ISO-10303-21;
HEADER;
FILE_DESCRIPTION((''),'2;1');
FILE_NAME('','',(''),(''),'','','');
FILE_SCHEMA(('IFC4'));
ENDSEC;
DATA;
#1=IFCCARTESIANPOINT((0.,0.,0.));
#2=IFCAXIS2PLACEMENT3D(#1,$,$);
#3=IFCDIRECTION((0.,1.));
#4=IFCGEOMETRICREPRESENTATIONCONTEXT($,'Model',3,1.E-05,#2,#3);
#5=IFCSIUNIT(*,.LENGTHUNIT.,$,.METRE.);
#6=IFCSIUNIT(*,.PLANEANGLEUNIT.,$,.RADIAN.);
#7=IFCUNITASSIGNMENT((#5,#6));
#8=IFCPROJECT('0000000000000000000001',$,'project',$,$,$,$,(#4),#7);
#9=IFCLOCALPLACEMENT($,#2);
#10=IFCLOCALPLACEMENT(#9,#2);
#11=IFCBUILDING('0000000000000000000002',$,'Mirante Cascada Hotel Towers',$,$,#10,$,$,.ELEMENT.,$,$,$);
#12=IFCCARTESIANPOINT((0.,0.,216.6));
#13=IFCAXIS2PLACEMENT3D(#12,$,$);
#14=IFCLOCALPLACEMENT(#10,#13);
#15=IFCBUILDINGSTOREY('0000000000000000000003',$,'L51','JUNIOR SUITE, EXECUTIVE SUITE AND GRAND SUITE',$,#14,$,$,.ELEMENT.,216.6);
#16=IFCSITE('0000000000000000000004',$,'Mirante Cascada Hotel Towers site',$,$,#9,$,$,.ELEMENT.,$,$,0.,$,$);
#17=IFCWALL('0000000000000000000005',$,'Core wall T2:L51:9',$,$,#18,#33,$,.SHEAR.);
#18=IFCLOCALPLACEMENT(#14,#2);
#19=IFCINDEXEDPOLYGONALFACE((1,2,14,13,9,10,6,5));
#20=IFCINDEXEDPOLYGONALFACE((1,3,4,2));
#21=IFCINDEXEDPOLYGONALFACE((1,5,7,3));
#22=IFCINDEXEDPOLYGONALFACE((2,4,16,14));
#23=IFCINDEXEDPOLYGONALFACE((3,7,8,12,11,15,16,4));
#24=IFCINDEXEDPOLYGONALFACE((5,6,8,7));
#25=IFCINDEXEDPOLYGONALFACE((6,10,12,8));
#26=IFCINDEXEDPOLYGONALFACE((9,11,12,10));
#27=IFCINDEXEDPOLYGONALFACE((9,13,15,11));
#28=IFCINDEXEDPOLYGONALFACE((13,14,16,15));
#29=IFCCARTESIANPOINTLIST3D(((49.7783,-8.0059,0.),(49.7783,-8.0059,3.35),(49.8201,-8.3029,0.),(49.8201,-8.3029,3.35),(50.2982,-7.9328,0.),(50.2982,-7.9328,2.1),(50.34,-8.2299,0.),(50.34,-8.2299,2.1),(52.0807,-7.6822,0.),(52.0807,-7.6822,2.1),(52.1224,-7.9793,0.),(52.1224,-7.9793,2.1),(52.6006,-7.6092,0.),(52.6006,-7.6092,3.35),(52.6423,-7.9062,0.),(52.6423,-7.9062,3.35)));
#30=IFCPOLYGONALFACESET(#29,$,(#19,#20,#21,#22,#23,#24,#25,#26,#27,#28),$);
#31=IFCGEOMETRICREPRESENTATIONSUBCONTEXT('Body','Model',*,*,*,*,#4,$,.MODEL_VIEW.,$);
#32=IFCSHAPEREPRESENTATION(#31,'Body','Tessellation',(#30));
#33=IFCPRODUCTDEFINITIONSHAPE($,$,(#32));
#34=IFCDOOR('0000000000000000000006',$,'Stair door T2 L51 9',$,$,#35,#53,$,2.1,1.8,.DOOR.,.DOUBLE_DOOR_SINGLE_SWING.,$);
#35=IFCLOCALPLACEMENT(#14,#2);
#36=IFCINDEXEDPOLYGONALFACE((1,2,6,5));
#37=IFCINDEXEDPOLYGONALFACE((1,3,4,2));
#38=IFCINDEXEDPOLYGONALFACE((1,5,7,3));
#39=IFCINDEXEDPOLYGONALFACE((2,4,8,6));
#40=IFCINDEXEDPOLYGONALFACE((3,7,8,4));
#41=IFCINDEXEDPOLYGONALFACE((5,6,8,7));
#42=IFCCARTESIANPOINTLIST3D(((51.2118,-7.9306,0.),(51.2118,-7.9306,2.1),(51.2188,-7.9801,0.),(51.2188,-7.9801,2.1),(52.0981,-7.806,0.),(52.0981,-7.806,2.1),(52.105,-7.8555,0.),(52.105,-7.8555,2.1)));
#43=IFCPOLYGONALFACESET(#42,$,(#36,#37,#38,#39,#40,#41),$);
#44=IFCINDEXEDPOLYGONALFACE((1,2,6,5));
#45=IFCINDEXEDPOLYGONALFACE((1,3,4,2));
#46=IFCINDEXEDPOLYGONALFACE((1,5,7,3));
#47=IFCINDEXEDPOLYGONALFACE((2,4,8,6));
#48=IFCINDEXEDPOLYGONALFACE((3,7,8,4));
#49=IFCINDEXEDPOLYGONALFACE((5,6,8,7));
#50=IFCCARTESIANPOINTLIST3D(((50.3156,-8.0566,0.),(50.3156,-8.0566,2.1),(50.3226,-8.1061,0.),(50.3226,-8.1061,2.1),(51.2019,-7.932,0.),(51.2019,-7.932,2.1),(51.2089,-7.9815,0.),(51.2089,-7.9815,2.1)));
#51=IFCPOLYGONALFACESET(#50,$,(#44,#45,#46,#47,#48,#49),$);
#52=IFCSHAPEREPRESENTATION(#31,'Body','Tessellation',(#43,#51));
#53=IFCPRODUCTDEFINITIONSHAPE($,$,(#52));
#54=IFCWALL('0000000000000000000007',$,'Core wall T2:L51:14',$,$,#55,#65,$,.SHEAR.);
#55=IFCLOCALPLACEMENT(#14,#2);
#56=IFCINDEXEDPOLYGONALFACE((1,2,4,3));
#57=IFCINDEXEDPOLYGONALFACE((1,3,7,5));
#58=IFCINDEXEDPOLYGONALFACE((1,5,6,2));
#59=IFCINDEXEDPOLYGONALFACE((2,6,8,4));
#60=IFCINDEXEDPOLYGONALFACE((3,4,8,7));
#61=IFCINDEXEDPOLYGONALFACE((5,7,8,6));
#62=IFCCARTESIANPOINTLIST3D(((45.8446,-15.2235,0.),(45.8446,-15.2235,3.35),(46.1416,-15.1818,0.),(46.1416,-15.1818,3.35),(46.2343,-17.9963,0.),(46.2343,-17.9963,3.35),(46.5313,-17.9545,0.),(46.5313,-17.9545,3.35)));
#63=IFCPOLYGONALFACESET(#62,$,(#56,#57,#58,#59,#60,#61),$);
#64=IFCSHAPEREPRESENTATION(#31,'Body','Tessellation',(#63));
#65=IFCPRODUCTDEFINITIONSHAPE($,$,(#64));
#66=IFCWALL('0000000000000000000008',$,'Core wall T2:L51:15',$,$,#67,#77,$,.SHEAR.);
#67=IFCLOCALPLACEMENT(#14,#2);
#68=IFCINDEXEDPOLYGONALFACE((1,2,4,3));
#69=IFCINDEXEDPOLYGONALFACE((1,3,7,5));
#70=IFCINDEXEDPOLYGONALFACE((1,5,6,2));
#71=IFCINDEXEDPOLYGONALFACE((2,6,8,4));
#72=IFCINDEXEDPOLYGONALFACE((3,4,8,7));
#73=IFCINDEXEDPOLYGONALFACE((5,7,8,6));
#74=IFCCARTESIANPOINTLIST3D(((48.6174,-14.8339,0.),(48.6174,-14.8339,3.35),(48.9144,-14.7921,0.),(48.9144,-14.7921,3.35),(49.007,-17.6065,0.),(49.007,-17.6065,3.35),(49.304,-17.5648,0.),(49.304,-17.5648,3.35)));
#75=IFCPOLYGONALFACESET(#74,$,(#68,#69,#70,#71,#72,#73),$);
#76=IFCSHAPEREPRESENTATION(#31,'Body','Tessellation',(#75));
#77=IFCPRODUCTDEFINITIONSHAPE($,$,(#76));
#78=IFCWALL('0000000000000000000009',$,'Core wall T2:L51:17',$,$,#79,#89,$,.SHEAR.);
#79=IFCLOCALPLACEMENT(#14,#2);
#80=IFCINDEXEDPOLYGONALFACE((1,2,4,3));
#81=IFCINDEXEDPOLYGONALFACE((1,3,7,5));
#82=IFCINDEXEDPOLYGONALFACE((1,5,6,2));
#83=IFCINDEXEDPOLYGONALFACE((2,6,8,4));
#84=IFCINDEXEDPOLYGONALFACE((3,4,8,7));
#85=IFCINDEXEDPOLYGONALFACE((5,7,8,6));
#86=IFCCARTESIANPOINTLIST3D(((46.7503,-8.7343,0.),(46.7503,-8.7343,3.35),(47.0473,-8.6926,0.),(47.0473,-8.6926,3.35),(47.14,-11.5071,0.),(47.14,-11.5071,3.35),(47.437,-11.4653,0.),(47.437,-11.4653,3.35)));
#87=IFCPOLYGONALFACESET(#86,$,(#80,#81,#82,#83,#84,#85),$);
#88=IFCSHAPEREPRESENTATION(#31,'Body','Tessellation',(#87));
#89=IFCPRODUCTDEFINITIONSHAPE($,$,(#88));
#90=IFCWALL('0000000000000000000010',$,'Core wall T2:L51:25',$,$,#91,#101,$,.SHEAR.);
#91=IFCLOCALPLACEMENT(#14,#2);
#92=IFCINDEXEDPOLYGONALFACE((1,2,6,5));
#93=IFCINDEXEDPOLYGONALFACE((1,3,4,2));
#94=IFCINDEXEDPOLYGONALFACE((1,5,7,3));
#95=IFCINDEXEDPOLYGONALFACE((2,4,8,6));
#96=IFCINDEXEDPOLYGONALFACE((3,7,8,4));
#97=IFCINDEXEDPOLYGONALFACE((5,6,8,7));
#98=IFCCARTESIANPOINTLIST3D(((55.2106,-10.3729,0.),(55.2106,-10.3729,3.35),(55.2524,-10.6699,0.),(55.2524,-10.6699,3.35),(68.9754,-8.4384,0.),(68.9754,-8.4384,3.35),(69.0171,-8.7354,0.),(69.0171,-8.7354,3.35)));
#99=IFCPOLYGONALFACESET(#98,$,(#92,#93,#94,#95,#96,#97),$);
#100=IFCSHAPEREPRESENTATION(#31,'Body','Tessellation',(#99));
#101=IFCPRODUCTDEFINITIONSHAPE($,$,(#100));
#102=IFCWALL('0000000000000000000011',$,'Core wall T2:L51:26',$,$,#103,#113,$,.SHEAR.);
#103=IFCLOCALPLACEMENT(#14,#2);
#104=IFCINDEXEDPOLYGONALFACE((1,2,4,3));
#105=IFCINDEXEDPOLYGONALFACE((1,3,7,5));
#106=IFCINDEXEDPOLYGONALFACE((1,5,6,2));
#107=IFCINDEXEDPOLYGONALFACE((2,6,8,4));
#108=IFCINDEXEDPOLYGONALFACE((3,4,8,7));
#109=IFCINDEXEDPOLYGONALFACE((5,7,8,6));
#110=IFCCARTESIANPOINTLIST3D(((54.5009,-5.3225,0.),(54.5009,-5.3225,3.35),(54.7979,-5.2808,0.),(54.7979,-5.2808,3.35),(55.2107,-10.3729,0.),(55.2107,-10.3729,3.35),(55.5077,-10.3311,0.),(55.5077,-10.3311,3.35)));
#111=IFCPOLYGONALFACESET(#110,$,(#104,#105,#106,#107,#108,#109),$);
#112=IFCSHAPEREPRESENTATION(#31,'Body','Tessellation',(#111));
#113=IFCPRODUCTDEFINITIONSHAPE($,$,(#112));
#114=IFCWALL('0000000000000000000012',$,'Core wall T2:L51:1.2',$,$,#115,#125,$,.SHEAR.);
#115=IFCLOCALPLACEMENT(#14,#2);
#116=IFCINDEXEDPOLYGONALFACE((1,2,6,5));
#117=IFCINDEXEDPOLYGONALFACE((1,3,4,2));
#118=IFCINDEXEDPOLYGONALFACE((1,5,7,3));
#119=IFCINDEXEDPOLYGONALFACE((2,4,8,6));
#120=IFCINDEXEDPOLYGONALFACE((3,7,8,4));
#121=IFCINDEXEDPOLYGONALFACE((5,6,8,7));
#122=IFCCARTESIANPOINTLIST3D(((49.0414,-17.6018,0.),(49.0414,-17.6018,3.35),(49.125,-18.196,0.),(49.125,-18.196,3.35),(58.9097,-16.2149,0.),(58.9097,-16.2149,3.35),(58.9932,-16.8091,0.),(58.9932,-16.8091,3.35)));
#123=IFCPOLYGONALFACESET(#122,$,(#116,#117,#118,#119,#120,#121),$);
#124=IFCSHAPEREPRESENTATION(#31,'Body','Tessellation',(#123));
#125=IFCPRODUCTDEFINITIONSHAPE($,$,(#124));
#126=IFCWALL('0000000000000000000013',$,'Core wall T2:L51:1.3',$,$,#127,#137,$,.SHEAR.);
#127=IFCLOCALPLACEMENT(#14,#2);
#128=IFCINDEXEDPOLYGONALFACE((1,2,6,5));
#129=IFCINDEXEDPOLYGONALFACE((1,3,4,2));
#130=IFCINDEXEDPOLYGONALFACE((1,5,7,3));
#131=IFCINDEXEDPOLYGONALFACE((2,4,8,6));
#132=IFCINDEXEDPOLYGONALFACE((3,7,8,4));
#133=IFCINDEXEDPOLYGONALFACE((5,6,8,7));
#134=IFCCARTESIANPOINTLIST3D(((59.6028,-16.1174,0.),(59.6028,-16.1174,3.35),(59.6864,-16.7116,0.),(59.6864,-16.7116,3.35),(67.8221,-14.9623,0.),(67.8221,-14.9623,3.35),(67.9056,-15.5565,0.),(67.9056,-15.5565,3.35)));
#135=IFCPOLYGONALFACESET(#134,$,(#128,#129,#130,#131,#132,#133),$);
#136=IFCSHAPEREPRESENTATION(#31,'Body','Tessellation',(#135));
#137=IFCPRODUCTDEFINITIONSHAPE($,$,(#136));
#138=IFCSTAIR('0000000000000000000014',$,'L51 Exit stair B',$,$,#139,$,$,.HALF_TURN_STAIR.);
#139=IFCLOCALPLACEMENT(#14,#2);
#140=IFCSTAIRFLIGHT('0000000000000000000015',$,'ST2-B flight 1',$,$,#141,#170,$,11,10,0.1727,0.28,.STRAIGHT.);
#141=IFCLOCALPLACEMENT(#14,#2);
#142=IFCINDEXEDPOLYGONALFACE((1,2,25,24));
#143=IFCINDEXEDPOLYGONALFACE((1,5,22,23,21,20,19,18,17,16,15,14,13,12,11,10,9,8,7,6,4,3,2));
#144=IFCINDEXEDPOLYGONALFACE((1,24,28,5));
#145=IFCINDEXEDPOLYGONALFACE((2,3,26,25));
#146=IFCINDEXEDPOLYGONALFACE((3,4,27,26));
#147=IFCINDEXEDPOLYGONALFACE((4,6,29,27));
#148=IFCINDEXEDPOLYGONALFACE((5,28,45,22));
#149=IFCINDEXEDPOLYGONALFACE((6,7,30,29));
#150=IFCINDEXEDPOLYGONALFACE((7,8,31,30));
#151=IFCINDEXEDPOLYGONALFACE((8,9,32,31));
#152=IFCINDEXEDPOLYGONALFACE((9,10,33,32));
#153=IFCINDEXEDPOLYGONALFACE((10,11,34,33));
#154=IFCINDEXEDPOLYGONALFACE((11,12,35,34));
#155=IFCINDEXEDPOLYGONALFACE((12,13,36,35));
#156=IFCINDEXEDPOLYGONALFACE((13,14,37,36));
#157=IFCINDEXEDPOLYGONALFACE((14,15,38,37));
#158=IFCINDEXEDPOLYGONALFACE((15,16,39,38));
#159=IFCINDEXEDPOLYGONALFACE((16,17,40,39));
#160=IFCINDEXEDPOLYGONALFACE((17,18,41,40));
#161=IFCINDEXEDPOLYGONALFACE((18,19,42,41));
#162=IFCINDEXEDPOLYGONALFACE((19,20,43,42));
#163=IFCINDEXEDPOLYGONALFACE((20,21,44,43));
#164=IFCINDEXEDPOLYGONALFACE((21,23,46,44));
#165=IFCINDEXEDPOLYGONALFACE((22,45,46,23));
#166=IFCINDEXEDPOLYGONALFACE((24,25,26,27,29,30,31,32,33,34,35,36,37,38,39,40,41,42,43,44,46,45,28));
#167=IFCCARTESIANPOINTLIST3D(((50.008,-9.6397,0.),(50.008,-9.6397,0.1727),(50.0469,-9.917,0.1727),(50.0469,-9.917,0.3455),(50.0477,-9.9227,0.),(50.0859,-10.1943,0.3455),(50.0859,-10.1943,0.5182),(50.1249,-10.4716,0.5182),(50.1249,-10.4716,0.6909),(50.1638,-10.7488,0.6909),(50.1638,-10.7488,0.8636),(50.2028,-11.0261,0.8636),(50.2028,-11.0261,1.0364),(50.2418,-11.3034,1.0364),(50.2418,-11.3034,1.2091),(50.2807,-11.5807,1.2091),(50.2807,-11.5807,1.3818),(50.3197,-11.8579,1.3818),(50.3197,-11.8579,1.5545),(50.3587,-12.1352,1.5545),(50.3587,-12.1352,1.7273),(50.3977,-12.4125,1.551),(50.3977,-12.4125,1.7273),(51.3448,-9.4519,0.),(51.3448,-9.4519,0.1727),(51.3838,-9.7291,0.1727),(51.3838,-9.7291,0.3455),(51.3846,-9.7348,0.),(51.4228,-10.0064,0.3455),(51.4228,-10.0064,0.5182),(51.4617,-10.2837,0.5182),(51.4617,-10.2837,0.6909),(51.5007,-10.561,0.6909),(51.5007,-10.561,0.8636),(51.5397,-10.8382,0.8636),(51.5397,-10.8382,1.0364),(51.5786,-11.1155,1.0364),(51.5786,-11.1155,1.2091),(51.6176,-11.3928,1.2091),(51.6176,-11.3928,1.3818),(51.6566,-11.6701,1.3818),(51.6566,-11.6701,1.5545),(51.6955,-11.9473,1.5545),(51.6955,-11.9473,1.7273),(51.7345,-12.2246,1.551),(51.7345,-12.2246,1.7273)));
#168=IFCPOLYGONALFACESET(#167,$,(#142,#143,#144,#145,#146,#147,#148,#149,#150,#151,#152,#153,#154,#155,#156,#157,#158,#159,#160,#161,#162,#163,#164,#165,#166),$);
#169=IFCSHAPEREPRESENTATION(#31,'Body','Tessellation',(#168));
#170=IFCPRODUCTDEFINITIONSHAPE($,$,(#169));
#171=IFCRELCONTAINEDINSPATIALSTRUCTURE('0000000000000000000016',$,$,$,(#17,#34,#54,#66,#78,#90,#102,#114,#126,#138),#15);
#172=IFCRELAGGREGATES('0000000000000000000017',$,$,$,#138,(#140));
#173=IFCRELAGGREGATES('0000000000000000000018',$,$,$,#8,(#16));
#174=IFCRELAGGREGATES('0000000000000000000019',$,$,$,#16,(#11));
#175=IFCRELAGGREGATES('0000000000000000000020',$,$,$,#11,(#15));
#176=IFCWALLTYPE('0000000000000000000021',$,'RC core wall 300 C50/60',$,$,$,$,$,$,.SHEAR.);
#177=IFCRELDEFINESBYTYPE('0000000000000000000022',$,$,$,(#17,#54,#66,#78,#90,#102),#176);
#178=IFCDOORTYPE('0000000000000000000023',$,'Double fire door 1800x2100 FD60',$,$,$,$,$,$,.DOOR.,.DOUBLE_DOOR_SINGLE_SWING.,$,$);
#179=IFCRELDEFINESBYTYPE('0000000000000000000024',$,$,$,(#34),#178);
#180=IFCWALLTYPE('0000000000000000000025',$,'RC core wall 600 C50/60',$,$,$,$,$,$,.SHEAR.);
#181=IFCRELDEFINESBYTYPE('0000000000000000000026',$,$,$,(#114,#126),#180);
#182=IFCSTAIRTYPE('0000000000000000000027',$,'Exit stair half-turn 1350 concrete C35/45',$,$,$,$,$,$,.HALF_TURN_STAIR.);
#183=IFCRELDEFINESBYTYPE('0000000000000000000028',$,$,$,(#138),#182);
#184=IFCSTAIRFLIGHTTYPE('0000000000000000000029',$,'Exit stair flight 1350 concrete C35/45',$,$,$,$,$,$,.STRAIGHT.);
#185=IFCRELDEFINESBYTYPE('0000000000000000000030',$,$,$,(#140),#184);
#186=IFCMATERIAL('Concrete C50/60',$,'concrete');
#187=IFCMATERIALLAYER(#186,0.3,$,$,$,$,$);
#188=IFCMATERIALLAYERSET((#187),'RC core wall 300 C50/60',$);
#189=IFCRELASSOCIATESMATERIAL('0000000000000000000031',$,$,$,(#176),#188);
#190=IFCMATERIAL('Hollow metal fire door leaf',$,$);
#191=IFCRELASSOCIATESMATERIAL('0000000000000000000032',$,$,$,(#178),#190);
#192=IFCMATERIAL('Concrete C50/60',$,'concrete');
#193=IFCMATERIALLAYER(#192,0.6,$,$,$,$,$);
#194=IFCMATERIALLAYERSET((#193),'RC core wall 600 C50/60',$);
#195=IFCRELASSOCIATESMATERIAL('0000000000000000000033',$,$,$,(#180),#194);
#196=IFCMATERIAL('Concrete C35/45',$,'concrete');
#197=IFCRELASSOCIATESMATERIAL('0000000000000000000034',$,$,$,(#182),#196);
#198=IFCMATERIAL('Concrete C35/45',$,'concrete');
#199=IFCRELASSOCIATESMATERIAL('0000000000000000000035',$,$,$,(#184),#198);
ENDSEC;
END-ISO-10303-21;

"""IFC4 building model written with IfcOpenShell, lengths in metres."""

from ifc_helpers import new_model, si_unit, direction, frame, frame_2d, origin, place, context, subcontext, project, spatial, polyline, rectangle, outline, extrude, material, layer, layer_set, type_object, element, fill, aggregate, save


model = new_model("IFC4")

# Units and contexts
model_context = context("Model", 3, precision=1e-05, world=origin(), true_north=direction((0.0, 1.0)))
body_context = subcontext(model_context, "Body", "Model", "MODEL_VIEW")
ifc_project = project(units=[si_unit("LENGTHUNIT", "METRE"), si_unit("PLANEANGLEUNIT", "RADIAN")], contexts=[model_context])

# Site, building, storey
site_placement = place(None, origin())
site = spatial("IfcSite", under=ifc_project, at=site_placement, Name="Mirante Cascada Hotel Towers site", CompositionType="ELEMENT", RefElevation=0.0)
building_placement = place(site_placement, origin())
building = spatial("IfcBuilding", under=site, at=building_placement, Name="Mirante Cascada Hotel Towers", CompositionType="ELEMENT")
storey_placement = place(building_placement, frame((0.0, 0.0, 216.6)))
storey = spatial("IfcBuildingStorey", under=building, at=storey_placement, Name="L51", Description="JUNIOR SUITE, EXECUTIVE SUITE AND GRAND SUITE", CompositionType="ELEMENT", Elevation=216.6)

# Shared definitions
ifc_material_1 = material(Name="Concrete C50/60", Category="concrete")
ifc_layer_1 = layer(ifc_material_1, 0.3)
ifc_layer_set_1 = layer_set([ifc_layer_1], Name="RC core wall 300 C50/60")
wall_type_1 = type_object("IfcWallType", Name="RC core wall 300 C50/60", PredefinedType="SHEAR", material=ifc_layer_set_1)

# Wall, opening, door
wall_1_placement = place(storey_placement, frame((49.7992, -8.1544, 0.0), z_axis=(0.0, 0.0, 1.0), x_axis=(0.990266, 0.139191, 0.0)))
wall_1 = element("IfcWall", 1, at=wall_1_placement, inside=storey, type_object=wall_type_1, Name="Core wall T2:L51:9", PredefinedType="SHEAR", context=body_context, shape_type="SweptSolid", body=[
    extrude(rectangle(XDim=2.85, YDim=0.3, at=frame_2d((1.425, 0.0))), origin(), (0.0, 0.0, 1.0), 3.35),
])
opening_1_placement = place(wall_1_placement, frame((0.525, 0.0, 0.0)))
opening_1 = element("IfcOpeningElement", 2, at=opening_1_placement, cuts=wall_1, PredefinedType="OPENING", context=body_context, shape_type="SweptSolid", body=[
    extrude(rectangle(XDim=1.8, YDim=2.1, at=frame_2d((0.9, 1.05))), frame((0.0, 0.15, 0.0), z_axis=(0.0, -1.0, 0.0), x_axis=(1.0, 0.0, 0.0)), (0.0, 0.0, 1.0), 0.3),
])
ifc_material_2 = material(Name="Hollow metal fire door leaf")
door_type_1 = type_object("IfcDoorType", Name="Double fire door 1800x2100 FD60", OperationType="DOUBLE_DOOR_SINGLE_SWING", PredefinedType="DOOR", material=ifc_material_2)
door_1_placement = place(opening_1_placement, frame((1.8, 0.0, 0.0), z_axis=(0.0, 0.0, 1.0), x_axis=(-1.0, 0.0, 0.0)))
door_1 = element("IfcDoor", 3, at=door_1_placement, inside=storey, type_object=door_type_1, Name="Stair door T2 L51 9", OperationType="DOUBLE_DOOR_SINGLE_SWING", OverallHeight=2.1, OverallWidth=1.8, PredefinedType="DOOR", context=body_context, shape_type="SweptSolid", body=[
    extrude(rectangle(XDim=0.895, YDim=2.1, at=frame_2d((0.4475, 1.05))), frame((0.0, 0.025, 0.0), z_axis=(0.0, -1.0, 0.0), x_axis=(1.0, 0.0, 0.0)), (0.0, 0.0, 1.0), 0.05),
    extrude(rectangle(XDim=0.895, YDim=2.1, at=frame_2d((1.3525, 1.05))), frame((0.0, 0.025, 0.0), z_axis=(0.0, -1.0, 0.0), x_axis=(1.0, 0.0, 0.0)), (0.0, 0.0, 1.0), 0.05),
])
fill(opening_1, door_1)

# Walls
wall_2_placement = place(storey_placement, frame((46.3828, -17.9754, 0.0), z_axis=(0.0, 0.0, 1.0), x_axis=(-0.139181, 0.990267, 0.0)))
element("IfcWall", 4, at=wall_2_placement, inside=storey, type_object=wall_type_1, Name="Core wall T2:L51:14", PredefinedType="SHEAR", context=body_context, shape_type="SweptSolid", body=[
    extrude(rectangle(XDim=2.8, YDim=0.3, at=frame_2d((1.4, 0.0))), origin(), (0.0, 0.0, 1.0), 3.35),
])
wall_3_placement = place(storey_placement, frame((49.1555, -17.5857, 0.0), z_axis=(0.0, 0.0, 1.0), x_axis=(-0.139146, 0.990272, 0.0)))
element("IfcWall", 5, at=wall_3_placement, inside=storey, type_object=wall_type_1, Name="Core wall T2:L51:15", PredefinedType="SHEAR", context=body_context, shape_type="SweptSolid", body=[
    extrude(rectangle(XDim=2.7999, YDim=0.3, at=frame_2d((1.4, 0.0))), origin(), (0.0, 0.0, 1.0), 3.35),
])
wall_4_placement = place(storey_placement, frame((47.2885, -11.4862, 0.0), z_axis=(0.0, 0.0, 1.0), x_axis=(-0.139181, 0.990267, 0.0)))
element("IfcWall", 6, at=wall_4_placement, inside=storey, type_object=wall_type_1, Name="Core wall T2:L51:17", PredefinedType="SHEAR", context=body_context, shape_type="SweptSolid", body=[
    extrude(rectangle(XDim=2.8, YDim=0.3, at=frame_2d((1.4, 0.0))), origin(), (0.0, 0.0, 1.0), 3.35),
])
wall_5_placement = place(storey_placement, frame((55.2315, -10.5214, 0.0), z_axis=(0.0, 0.0, 1.0), x_axis=(0.990268, 0.139173, 0.0)))
element("IfcWall", 7, at=wall_5_placement, inside=storey, type_object=wall_type_1, Name="Core wall T2:L51:25", PredefinedType="SHEAR", context=body_context, shape_type="SweptSolid", body=[
    extrude(rectangle(XDim=13.9, YDim=0.3, at=frame_2d((6.95, 0.0))), origin(), (0.0, 0.0, 1.0), 3.35),
])
wall_6_placement = place(storey_placement, frame((55.3592, -10.352, 0.0), z_axis=(0.0, 0.0, 1.0), x_axis=(-0.139176, 0.990268, 0.0)))
element("IfcWall", 8, at=wall_6_placement, inside=storey, type_object=wall_type_1, Name="Core wall T2:L51:26", PredefinedType="SHEAR", context=body_context, shape_type="SweptSolid", body=[
    extrude(rectangle(XDim=5.1, YDim=0.3, at=frame_2d((2.55, 0.0))), origin(), (0.0, 0.0, 1.0), 3.35),
])
ifc_material_3 = material(Name="Concrete C50/60", Category="concrete")
ifc_layer_2 = layer(ifc_material_3, 0.6)
ifc_layer_set_2 = layer_set([ifc_layer_2], Name="RC core wall 600 C50/60")
wall_type_2 = type_object("IfcWallType", Name="RC core wall 600 C50/60", PredefinedType="SHEAR", material=ifc_layer_set_2)
wall_7_placement = place(storey_placement, frame((49.0832, -17.8989, 0.0), z_axis=(0.0, 0.0, 1.0), x_axis=(0.990268, 0.139175, 0.0)))
element("IfcWall", 9, at=wall_7_placement, inside=storey, type_object=wall_type_2, Name="Core wall T2:L51:1.2", PredefinedType="SHEAR", context=body_context, shape_type="SweptSolid", body=[
    extrude(rectangle(XDim=9.9652, YDim=0.6, at=frame_2d((4.9826, 0.0))), origin(), (0.0, 0.0, 1.0), 3.35),
])
wall_8_placement = place(storey_placement, frame((59.6446, -16.4145, 0.0), z_axis=(0.0, 0.0, 1.0), x_axis=(0.990269, 0.139169, 0.0)))
element("IfcWall", 10, at=wall_8_placement, inside=storey, type_object=wall_type_2, Name="Core wall T2:L51:1.3", PredefinedType="SHEAR", context=body_context, shape_type="SweptSolid", body=[
    extrude(rectangle(XDim=8.3, YDim=0.6, at=frame_2d((4.15, 0.0))), origin(), (0.0, 0.0, 1.0), 3.35),
])

# Stair, stair flight
ifc_material_4 = material(Name="Concrete C35/45", Category="concrete")
stair_type = type_object("IfcStairType", Name="Exit stair half-turn 1350 concrete C35/45", PredefinedType="HALF_TURN_STAIR", material=ifc_material_4)
stair_placement = place(storey_placement, origin())
stair = element("IfcStair", 11, at=stair_placement, inside=storey, type_object=stair_type, Name="L51 Exit stair B", PredefinedType="HALF_TURN_STAIR")
ifc_material_5 = material(Name="Concrete C35/45", Category="concrete")
stair_flight_type = type_object("IfcStairFlightType", Name="Exit stair flight 1350 concrete C35/45", PredefinedType="STRAIGHT", material=ifc_material_5)
stair_flight_1_placement = place(storey_placement, frame((50.6764, -9.5458, 0.0), z_axis=(0.0, 0.0, 1.0), x_axis=(0.139173, -0.990268, 0.0)))
stair_flight_1 = element("IfcStairFlight", 12, at=stair_flight_1_placement, type_object=stair_flight_type, Name="ST2-B flight 1", NumberOfRisers=11, NumberOfTreads=10, PredefinedType="STRAIGHT", RiserHeight=0.1727, TreadLength=0.28, context=body_context, shape_type="SweptSolid", body=[
    extrude(outline(polyline([(0.0, 0.0), (0.0, 0.1727), (0.28, 0.1727), (0.28, 0.3455), (0.56, 0.3455), (0.56, 0.5182), (0.84, 0.5182), (0.84, 0.6909), (1.12, 0.6909), (1.12, 0.8636), (1.4, 0.8636), (1.4, 1.0364), (1.68, 1.0364), (1.68, 1.2091), (1.96, 1.2091), (1.96, 1.3818), (2.24, 1.3818), (2.24, 1.5545), (2.52, 1.5545), (2.52, 1.7273), (2.8, 1.7273), (2.8, 1.9), (2.8, 1.551), (0.2857, 0.0), (0.0, 0.0)])), frame((0.0, 0.675, 0.0), z_axis=(0.0, -1.0, 0.0), x_axis=(1.0, 0.0, 0.0)), (0.0, 0.0, 1.0), 1.35),
])
aggregate(stair, [stair_flight_1])

save(model, "model.ifc")
